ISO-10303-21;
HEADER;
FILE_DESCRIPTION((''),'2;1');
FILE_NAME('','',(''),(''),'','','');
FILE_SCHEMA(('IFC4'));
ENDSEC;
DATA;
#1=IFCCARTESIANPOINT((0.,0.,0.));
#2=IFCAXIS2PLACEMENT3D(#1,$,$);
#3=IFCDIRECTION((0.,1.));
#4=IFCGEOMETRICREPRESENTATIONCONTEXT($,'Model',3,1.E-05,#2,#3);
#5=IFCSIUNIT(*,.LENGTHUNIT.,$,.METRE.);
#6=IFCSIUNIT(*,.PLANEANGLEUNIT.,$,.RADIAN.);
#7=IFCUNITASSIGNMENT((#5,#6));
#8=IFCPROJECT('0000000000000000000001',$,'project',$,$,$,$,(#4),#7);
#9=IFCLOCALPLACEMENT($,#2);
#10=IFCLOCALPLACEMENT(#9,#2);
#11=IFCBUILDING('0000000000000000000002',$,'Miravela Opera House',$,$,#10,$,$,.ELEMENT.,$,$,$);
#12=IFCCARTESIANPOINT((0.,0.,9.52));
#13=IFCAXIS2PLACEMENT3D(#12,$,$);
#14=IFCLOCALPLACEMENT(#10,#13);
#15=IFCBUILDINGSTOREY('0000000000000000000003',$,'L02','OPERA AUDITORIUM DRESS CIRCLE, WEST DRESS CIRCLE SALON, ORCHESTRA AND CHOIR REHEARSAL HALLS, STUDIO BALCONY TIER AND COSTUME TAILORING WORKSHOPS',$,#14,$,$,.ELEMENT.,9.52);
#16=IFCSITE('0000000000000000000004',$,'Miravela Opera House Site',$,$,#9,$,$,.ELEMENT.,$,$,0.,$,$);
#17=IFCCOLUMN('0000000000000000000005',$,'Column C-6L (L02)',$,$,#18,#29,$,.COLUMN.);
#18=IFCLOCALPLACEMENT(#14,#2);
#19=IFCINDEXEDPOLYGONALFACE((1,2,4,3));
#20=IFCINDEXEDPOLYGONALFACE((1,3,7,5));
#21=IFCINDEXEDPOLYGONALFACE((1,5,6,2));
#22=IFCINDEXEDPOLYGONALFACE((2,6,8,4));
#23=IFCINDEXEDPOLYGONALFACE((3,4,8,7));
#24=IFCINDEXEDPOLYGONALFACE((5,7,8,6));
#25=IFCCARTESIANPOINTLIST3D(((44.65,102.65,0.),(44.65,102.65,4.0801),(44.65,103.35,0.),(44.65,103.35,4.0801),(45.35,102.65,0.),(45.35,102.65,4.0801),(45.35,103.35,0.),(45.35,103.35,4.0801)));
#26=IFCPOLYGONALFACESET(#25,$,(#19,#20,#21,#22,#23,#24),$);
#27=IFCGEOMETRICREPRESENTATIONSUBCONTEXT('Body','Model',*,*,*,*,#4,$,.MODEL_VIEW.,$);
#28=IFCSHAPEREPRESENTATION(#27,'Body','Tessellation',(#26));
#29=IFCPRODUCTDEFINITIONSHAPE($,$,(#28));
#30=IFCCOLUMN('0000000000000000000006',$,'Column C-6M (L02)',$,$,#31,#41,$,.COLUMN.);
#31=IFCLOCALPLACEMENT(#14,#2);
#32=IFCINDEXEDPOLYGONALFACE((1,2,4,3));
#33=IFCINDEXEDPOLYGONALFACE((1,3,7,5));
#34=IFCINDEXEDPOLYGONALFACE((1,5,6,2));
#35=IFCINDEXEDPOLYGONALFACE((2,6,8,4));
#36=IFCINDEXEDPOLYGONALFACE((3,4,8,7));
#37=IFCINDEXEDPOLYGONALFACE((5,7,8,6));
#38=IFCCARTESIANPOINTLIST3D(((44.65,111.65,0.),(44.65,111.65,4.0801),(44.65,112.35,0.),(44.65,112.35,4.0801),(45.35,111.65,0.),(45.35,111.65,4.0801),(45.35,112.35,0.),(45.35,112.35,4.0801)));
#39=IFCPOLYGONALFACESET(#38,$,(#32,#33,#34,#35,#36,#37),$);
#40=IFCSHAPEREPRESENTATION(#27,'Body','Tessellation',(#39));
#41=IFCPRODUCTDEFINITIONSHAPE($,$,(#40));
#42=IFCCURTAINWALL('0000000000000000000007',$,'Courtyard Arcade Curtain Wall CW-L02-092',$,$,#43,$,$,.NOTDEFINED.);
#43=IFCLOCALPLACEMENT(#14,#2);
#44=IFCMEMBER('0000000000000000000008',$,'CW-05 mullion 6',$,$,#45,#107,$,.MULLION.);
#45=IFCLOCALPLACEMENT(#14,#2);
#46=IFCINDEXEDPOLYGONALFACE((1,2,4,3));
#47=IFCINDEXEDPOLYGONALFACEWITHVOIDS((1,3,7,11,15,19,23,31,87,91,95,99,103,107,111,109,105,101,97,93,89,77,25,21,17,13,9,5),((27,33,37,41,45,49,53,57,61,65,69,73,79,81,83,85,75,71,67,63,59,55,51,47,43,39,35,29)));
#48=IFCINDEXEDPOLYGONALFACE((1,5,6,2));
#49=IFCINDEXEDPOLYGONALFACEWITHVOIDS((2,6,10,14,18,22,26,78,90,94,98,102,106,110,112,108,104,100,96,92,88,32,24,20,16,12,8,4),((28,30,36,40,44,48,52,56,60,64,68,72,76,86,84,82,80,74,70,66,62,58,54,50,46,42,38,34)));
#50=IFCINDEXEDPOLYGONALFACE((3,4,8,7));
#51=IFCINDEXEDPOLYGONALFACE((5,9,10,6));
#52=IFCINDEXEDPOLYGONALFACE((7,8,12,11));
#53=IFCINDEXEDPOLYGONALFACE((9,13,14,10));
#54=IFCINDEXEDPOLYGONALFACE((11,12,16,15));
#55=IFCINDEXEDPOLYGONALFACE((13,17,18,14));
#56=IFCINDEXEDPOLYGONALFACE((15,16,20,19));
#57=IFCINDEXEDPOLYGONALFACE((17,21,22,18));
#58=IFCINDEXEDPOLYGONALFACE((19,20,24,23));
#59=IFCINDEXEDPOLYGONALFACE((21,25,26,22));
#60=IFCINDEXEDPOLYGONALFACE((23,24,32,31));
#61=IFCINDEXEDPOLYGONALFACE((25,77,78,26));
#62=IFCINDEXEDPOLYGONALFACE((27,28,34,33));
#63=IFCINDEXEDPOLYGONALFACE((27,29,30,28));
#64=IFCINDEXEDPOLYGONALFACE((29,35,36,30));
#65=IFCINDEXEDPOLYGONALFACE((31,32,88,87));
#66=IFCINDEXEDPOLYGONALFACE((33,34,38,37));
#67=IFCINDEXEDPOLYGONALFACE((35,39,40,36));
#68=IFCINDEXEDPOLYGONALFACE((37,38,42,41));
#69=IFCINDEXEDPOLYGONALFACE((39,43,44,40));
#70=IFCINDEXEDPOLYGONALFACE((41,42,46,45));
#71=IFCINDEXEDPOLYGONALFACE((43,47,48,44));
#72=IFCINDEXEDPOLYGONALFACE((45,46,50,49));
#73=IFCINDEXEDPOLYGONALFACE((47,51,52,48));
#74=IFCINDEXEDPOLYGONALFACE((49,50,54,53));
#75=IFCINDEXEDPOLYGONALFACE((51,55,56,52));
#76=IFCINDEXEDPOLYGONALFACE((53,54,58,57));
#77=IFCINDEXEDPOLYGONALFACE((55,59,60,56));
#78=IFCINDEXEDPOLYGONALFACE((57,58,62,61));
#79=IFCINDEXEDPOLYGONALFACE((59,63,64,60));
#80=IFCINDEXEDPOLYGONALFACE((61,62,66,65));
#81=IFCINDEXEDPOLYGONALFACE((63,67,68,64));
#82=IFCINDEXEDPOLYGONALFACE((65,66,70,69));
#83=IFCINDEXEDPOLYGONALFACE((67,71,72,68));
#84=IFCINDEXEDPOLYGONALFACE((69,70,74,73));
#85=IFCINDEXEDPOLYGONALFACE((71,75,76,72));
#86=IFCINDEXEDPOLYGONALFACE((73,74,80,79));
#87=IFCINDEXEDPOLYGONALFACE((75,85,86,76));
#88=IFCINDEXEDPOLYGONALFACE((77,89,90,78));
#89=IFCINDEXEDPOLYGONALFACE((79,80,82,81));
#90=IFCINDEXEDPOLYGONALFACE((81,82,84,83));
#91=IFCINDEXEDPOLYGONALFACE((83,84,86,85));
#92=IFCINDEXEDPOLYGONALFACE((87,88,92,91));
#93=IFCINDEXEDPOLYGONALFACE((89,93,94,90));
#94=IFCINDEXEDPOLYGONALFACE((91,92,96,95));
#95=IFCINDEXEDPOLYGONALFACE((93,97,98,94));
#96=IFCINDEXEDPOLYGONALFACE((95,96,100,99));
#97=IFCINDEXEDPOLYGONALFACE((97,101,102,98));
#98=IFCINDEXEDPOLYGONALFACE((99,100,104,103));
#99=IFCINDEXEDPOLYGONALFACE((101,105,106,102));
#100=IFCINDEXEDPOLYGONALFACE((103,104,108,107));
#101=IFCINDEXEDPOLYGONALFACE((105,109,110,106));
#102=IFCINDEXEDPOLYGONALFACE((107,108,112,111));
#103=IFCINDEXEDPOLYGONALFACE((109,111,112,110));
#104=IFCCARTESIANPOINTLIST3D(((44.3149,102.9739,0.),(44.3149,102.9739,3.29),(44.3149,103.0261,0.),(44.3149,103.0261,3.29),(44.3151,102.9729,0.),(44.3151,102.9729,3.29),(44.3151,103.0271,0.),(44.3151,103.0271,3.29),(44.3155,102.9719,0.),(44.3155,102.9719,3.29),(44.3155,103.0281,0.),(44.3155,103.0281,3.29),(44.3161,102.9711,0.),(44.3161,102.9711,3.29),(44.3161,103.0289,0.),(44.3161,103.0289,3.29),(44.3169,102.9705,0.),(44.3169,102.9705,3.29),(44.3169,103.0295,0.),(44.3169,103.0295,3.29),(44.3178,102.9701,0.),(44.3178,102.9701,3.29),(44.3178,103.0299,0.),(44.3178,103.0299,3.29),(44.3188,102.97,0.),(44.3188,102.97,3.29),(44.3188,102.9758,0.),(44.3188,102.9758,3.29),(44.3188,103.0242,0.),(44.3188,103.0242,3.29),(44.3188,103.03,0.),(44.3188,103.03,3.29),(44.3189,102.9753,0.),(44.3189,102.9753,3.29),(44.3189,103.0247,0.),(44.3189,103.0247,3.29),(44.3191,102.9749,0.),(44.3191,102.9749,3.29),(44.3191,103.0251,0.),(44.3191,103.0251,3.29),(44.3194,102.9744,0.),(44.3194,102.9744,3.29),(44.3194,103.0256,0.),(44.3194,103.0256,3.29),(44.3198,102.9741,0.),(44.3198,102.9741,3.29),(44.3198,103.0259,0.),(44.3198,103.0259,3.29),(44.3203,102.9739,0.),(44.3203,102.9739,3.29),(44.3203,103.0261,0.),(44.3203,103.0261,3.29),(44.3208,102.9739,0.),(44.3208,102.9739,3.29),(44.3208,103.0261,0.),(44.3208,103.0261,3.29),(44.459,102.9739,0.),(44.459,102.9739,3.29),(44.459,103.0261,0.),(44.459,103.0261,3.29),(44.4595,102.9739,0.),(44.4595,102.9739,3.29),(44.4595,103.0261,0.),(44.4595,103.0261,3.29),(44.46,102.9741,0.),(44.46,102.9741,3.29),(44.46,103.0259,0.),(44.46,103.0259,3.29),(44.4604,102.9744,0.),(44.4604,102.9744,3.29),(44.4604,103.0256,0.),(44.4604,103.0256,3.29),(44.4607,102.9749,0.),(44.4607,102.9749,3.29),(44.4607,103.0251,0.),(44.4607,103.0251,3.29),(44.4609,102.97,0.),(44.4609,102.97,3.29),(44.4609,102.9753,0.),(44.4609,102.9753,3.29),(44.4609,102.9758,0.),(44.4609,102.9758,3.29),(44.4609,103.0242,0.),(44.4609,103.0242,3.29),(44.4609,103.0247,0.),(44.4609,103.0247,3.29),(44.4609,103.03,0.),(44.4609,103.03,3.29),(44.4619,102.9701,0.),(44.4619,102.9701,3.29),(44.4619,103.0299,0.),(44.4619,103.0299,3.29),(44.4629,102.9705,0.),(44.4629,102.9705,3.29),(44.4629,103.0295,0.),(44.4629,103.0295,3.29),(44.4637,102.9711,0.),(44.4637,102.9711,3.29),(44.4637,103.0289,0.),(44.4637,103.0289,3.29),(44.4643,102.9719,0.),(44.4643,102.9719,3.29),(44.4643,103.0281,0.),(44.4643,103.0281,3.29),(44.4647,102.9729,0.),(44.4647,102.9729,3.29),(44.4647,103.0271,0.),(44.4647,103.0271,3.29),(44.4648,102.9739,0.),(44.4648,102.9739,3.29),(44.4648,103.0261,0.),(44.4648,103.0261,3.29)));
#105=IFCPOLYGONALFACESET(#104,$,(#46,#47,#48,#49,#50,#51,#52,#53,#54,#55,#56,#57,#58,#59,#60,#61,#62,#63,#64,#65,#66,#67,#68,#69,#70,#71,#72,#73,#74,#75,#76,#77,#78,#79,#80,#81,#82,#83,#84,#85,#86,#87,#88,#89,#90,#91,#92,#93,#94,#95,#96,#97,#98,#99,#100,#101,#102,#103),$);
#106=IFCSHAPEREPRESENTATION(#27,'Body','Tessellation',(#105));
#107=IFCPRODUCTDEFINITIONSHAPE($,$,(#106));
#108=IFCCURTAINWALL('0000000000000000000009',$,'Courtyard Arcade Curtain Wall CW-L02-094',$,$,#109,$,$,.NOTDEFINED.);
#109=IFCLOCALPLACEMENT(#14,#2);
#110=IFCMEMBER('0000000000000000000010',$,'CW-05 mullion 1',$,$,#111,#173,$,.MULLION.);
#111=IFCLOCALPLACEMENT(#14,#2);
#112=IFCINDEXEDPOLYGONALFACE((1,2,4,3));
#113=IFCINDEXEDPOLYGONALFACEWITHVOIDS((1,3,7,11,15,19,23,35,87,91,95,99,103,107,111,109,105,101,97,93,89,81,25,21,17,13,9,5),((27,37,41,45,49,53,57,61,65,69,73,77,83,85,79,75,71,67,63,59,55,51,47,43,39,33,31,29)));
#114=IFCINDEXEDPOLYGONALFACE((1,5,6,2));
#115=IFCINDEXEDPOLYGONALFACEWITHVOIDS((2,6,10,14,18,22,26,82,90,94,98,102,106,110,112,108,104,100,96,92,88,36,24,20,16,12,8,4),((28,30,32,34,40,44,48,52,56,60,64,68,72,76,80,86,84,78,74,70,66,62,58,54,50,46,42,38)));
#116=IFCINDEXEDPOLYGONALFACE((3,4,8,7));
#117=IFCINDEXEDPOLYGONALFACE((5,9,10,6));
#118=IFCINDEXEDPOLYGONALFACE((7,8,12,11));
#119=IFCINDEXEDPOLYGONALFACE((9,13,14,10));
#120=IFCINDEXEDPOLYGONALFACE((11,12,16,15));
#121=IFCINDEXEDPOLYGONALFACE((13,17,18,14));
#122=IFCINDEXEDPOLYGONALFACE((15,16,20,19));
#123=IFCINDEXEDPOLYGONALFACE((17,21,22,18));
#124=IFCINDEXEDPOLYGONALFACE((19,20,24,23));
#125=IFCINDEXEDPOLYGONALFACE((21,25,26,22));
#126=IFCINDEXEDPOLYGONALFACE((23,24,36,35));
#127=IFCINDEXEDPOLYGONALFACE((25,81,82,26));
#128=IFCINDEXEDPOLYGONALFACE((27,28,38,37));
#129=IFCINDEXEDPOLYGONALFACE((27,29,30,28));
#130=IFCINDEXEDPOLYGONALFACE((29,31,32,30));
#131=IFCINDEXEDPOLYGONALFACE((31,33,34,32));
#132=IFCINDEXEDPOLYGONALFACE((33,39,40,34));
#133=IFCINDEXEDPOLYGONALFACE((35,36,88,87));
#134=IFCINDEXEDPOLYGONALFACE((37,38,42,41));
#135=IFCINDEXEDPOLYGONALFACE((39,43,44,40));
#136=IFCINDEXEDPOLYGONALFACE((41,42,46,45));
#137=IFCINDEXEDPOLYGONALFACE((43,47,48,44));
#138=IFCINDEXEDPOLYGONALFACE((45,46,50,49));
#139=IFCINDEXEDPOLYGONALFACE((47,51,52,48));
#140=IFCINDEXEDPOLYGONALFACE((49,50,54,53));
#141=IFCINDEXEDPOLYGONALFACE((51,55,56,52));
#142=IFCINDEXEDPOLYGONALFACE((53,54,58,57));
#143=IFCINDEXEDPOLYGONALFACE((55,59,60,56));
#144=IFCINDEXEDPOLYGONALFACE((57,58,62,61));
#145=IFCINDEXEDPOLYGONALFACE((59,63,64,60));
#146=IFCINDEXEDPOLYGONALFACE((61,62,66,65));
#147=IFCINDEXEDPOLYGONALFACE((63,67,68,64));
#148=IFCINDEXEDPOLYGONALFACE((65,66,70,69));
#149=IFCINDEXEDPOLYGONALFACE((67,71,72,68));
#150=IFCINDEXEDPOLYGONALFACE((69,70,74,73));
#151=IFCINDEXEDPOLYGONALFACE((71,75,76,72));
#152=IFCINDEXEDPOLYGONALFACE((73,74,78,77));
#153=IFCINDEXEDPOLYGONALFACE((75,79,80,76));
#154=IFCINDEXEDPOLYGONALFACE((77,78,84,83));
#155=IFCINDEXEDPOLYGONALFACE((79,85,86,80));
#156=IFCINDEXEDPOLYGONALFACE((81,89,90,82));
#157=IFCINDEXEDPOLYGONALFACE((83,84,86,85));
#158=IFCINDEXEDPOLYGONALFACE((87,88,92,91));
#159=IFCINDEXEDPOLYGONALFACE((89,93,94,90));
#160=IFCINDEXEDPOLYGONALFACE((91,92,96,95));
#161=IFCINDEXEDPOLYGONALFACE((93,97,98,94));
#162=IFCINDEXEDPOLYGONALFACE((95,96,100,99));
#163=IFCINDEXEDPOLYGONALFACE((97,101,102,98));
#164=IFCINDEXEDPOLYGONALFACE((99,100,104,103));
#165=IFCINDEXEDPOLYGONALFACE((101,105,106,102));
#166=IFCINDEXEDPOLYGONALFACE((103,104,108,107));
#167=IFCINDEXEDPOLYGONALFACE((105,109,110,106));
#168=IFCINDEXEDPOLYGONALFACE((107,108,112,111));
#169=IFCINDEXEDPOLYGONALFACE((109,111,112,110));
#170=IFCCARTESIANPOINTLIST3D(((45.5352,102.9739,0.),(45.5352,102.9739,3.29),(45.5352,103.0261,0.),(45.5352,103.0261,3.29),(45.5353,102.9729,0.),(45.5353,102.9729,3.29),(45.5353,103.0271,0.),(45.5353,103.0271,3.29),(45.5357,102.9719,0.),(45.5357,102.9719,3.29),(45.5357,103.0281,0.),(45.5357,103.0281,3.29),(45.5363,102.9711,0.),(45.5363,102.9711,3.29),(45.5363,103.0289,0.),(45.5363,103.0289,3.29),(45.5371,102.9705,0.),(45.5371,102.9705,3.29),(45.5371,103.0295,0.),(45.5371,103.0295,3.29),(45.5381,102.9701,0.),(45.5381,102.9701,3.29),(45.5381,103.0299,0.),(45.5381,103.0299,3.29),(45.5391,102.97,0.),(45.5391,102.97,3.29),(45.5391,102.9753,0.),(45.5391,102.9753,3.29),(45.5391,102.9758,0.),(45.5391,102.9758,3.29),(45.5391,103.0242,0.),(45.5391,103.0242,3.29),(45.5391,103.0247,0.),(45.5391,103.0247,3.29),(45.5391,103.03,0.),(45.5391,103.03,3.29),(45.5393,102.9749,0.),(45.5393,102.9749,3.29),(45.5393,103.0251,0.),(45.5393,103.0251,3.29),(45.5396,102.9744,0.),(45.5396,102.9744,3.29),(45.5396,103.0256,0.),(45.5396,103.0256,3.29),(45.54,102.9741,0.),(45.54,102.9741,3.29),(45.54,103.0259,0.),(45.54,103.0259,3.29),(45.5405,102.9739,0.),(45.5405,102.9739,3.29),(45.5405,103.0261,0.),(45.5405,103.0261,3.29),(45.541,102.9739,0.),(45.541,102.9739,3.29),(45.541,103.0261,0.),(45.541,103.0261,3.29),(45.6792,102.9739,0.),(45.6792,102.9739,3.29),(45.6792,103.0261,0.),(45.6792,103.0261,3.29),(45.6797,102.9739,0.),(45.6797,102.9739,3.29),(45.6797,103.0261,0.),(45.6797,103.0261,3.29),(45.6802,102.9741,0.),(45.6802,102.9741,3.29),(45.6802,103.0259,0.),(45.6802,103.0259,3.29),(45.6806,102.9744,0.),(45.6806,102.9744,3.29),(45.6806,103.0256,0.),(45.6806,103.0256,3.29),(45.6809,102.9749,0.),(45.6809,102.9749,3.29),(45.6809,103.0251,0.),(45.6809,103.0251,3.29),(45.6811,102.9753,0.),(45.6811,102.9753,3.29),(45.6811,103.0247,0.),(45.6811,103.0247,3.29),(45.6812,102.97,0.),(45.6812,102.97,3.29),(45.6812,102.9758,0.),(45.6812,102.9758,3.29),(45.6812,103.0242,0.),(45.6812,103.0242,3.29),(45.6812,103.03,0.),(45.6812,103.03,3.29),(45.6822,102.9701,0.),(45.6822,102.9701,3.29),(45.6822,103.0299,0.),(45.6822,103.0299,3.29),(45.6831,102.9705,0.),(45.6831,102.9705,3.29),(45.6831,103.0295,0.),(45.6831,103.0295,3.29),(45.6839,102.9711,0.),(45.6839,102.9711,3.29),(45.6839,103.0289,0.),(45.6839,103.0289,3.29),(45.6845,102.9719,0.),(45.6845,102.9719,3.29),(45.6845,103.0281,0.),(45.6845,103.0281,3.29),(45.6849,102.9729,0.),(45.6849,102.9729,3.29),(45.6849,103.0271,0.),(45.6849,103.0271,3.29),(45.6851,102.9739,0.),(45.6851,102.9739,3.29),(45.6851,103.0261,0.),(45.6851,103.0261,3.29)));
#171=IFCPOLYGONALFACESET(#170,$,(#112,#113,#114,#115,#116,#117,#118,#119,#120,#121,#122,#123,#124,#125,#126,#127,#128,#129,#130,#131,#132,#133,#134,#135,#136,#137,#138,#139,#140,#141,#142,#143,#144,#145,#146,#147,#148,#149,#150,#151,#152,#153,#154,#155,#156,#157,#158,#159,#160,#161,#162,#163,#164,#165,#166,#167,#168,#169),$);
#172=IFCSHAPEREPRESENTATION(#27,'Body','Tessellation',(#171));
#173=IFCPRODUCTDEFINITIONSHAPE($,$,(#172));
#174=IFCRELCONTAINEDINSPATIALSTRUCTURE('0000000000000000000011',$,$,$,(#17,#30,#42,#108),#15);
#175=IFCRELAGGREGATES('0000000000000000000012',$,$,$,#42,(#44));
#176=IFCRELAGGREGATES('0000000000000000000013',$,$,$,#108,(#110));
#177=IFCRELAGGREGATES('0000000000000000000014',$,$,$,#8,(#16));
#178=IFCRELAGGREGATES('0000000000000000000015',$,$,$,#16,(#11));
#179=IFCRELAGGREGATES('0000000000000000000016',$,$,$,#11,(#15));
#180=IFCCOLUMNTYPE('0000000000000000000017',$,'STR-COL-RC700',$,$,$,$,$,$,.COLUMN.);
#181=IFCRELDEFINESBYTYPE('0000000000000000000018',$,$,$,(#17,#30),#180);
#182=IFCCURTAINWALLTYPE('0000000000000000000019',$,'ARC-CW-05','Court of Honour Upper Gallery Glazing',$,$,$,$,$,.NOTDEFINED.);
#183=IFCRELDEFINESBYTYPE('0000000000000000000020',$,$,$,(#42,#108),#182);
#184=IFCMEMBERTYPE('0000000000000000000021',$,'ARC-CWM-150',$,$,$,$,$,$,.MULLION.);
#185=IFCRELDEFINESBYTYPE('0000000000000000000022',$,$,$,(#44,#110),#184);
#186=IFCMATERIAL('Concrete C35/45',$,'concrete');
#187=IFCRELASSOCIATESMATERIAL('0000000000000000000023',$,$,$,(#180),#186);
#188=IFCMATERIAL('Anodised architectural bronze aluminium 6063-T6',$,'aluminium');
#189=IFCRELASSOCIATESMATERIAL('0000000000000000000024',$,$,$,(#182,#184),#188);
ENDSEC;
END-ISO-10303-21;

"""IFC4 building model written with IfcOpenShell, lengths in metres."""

from ifc_helpers import new_model, si_unit, direction, frame, origin, origin_2d, place, context, subcontext, project, spatial, rectangle, hollow_rectangle, extrude, material, material_profile, profile_set, type_object, element, aggregate, save


model = new_model("IFC4")

# Units and contexts
model_context = context("Model", 3, precision=1e-05, world=origin(), true_north=direction((0.0, 1.0)))
body_context = subcontext(model_context, "Body", "Model", "MODEL_VIEW")
ifc_project = project(units=[si_unit("LENGTHUNIT", "METRE"), si_unit("PLANEANGLEUNIT", "RADIAN")], contexts=[model_context])

# Site, building, storey
site_placement = place(None, origin())
site = spatial("IfcSite", under=ifc_project, at=site_placement, Name="Miravela Opera House Site", CompositionType="ELEMENT", RefElevation=0.0)
building_placement = place(site_placement, origin())
building = spatial("IfcBuilding", under=site, at=building_placement, Name="Miravela Opera House", CompositionType="ELEMENT")
storey_placement = place(building_placement, frame((0.0, 0.0, 9.52)))
storey = spatial("IfcBuildingStorey", under=building, at=storey_placement, Name="L02", Description="OPERA AUDITORIUM DRESS CIRCLE, WEST DRESS CIRCLE SALON, ORCHESTRA AND CHOIR REHEARSAL HALLS, STUDIO BALCONY TIER AND COSTUME TAILORING WORKSHOPS", CompositionType="ELEMENT", Elevation=9.52)

# Columns
ifc_material_1 = material(Name="Concrete C35/45", Category="concrete")
ifc_material_profile_1 = material_profile(ifc_material_1, rectangle(XDim=0.7, YDim=0.7, at=origin_2d()), Name="RC-COL-700X700")
ifc_profile_set_1 = profile_set([ifc_material_profile_1])
column_type = type_object("IfcColumnType", Name="STR-COL-RC700", PredefinedType="COLUMN", material=ifc_profile_set_1)
for number, where, z_axis, x_axis, name in (
    (1, (45.0, 103.0, 0.0), (0.0, 0.0, 1.0), (1.0, 0.0, 0.0), "Column C-6L (L02)"),
    (2, (45.0, 112.0, 0.0), (0.0, 0.0, 1.0), (1.0, 0.0, 0.0), "Column C-6M (L02)"),
):
    element("IfcColumn", number, at=place(storey_placement, frame(where, z_axis=z_axis, x_axis=x_axis)), inside=storey, type_object=column_type, Name=name, PredefinedType="COLUMN", context=body_context, shape_type="SweptSolid", body=[
        extrude(rectangle(XDim=0.7, YDim=0.7, at=origin_2d()), origin(), (0.0, 0.0, 1.0), 4.0801),
    ])

# Curtain wall, member
ifc_material_2 = material(Name="Anodised architectural bronze aluminium 6063-T6", Category="aluminium")
curtain_wall_type = type_object("IfcCurtainWallType", Name="ARC-CW-05", Description="Court of Honour Upper Gallery Glazing", PredefinedType="NOTDEFINED", material=ifc_material_2)
curtain_wall_1_placement = place(storey_placement, origin())
curtain_wall_1 = element("IfcCurtainWall", 3, at=curtain_wall_1_placement, inside=storey, type_object=curtain_wall_type, Name="Courtyard Arcade Curtain Wall CW-L02-092", PredefinedType="NOTDEFINED")
ifc_material_profile_2 = material_profile(ifc_material_2, hollow_rectangle(XDim=0.0601, YDim=0.1499, WallThickness=0.0039, InnerFilletRadius=0.002, OuterFilletRadius=0.0039, at=origin_2d()), Name="CWM-60X150")
ifc_profile_set_2 = profile_set([ifc_material_profile_2])
member_type_1 = type_object("IfcMemberType", Name="ARC-CWM-150", PredefinedType="MULLION", material=ifc_profile_set_2)
member_1_placement = place(storey_placement, frame((44.3899, 103.0, 0.0), z_axis=(0.0, 0.0, 1.0), x_axis=(0.0, 1.0, 0.0)))
member_1 = element("IfcMember", 4, at=member_1_placement, type_object=member_type_1, Name="CW-05 mullion 6", PredefinedType="MULLION", context=body_context, shape_type="SweptSolid", body=[
    extrude(hollow_rectangle(XDim=0.0601, YDim=0.1499, WallThickness=0.0039, InnerFilletRadius=0.002, OuterFilletRadius=0.0039, at=origin_2d()), origin(), (0.0, 0.0, 1.0), 3.29),
])

# Curtain wall, member
curtain_wall_2_placement = place(storey_placement, origin())
curtain_wall_2 = element("IfcCurtainWall", 5, at=curtain_wall_2_placement, inside=storey, type_object=curtain_wall_type, Name="Courtyard Arcade Curtain Wall CW-L02-094", PredefinedType="NOTDEFINED")
member_2_placement = place(storey_placement, frame((45.6101, 103.0, 0.0), z_axis=(0.0, 0.0, 1.0), x_axis=(0.0, 1.0, 0.0)))
member_2 = element("IfcMember", 6, at=member_2_placement, type_object=member_type_1, Name="CW-05 mullion 1", PredefinedType="MULLION", context=body_context, shape_type="SweptSolid", body=[
    extrude(hollow_rectangle(XDim=0.0601, YDim=0.1499, WallThickness=0.0039, InnerFilletRadius=0.002, OuterFilletRadius=0.0039, at=origin_2d()), origin(), (0.0, 0.0, 1.0), 3.29),
])

aggregate(curtain_wall_1, [member_1])
aggregate(curtain_wall_2, [member_2])

save(model, "model.ifc")
